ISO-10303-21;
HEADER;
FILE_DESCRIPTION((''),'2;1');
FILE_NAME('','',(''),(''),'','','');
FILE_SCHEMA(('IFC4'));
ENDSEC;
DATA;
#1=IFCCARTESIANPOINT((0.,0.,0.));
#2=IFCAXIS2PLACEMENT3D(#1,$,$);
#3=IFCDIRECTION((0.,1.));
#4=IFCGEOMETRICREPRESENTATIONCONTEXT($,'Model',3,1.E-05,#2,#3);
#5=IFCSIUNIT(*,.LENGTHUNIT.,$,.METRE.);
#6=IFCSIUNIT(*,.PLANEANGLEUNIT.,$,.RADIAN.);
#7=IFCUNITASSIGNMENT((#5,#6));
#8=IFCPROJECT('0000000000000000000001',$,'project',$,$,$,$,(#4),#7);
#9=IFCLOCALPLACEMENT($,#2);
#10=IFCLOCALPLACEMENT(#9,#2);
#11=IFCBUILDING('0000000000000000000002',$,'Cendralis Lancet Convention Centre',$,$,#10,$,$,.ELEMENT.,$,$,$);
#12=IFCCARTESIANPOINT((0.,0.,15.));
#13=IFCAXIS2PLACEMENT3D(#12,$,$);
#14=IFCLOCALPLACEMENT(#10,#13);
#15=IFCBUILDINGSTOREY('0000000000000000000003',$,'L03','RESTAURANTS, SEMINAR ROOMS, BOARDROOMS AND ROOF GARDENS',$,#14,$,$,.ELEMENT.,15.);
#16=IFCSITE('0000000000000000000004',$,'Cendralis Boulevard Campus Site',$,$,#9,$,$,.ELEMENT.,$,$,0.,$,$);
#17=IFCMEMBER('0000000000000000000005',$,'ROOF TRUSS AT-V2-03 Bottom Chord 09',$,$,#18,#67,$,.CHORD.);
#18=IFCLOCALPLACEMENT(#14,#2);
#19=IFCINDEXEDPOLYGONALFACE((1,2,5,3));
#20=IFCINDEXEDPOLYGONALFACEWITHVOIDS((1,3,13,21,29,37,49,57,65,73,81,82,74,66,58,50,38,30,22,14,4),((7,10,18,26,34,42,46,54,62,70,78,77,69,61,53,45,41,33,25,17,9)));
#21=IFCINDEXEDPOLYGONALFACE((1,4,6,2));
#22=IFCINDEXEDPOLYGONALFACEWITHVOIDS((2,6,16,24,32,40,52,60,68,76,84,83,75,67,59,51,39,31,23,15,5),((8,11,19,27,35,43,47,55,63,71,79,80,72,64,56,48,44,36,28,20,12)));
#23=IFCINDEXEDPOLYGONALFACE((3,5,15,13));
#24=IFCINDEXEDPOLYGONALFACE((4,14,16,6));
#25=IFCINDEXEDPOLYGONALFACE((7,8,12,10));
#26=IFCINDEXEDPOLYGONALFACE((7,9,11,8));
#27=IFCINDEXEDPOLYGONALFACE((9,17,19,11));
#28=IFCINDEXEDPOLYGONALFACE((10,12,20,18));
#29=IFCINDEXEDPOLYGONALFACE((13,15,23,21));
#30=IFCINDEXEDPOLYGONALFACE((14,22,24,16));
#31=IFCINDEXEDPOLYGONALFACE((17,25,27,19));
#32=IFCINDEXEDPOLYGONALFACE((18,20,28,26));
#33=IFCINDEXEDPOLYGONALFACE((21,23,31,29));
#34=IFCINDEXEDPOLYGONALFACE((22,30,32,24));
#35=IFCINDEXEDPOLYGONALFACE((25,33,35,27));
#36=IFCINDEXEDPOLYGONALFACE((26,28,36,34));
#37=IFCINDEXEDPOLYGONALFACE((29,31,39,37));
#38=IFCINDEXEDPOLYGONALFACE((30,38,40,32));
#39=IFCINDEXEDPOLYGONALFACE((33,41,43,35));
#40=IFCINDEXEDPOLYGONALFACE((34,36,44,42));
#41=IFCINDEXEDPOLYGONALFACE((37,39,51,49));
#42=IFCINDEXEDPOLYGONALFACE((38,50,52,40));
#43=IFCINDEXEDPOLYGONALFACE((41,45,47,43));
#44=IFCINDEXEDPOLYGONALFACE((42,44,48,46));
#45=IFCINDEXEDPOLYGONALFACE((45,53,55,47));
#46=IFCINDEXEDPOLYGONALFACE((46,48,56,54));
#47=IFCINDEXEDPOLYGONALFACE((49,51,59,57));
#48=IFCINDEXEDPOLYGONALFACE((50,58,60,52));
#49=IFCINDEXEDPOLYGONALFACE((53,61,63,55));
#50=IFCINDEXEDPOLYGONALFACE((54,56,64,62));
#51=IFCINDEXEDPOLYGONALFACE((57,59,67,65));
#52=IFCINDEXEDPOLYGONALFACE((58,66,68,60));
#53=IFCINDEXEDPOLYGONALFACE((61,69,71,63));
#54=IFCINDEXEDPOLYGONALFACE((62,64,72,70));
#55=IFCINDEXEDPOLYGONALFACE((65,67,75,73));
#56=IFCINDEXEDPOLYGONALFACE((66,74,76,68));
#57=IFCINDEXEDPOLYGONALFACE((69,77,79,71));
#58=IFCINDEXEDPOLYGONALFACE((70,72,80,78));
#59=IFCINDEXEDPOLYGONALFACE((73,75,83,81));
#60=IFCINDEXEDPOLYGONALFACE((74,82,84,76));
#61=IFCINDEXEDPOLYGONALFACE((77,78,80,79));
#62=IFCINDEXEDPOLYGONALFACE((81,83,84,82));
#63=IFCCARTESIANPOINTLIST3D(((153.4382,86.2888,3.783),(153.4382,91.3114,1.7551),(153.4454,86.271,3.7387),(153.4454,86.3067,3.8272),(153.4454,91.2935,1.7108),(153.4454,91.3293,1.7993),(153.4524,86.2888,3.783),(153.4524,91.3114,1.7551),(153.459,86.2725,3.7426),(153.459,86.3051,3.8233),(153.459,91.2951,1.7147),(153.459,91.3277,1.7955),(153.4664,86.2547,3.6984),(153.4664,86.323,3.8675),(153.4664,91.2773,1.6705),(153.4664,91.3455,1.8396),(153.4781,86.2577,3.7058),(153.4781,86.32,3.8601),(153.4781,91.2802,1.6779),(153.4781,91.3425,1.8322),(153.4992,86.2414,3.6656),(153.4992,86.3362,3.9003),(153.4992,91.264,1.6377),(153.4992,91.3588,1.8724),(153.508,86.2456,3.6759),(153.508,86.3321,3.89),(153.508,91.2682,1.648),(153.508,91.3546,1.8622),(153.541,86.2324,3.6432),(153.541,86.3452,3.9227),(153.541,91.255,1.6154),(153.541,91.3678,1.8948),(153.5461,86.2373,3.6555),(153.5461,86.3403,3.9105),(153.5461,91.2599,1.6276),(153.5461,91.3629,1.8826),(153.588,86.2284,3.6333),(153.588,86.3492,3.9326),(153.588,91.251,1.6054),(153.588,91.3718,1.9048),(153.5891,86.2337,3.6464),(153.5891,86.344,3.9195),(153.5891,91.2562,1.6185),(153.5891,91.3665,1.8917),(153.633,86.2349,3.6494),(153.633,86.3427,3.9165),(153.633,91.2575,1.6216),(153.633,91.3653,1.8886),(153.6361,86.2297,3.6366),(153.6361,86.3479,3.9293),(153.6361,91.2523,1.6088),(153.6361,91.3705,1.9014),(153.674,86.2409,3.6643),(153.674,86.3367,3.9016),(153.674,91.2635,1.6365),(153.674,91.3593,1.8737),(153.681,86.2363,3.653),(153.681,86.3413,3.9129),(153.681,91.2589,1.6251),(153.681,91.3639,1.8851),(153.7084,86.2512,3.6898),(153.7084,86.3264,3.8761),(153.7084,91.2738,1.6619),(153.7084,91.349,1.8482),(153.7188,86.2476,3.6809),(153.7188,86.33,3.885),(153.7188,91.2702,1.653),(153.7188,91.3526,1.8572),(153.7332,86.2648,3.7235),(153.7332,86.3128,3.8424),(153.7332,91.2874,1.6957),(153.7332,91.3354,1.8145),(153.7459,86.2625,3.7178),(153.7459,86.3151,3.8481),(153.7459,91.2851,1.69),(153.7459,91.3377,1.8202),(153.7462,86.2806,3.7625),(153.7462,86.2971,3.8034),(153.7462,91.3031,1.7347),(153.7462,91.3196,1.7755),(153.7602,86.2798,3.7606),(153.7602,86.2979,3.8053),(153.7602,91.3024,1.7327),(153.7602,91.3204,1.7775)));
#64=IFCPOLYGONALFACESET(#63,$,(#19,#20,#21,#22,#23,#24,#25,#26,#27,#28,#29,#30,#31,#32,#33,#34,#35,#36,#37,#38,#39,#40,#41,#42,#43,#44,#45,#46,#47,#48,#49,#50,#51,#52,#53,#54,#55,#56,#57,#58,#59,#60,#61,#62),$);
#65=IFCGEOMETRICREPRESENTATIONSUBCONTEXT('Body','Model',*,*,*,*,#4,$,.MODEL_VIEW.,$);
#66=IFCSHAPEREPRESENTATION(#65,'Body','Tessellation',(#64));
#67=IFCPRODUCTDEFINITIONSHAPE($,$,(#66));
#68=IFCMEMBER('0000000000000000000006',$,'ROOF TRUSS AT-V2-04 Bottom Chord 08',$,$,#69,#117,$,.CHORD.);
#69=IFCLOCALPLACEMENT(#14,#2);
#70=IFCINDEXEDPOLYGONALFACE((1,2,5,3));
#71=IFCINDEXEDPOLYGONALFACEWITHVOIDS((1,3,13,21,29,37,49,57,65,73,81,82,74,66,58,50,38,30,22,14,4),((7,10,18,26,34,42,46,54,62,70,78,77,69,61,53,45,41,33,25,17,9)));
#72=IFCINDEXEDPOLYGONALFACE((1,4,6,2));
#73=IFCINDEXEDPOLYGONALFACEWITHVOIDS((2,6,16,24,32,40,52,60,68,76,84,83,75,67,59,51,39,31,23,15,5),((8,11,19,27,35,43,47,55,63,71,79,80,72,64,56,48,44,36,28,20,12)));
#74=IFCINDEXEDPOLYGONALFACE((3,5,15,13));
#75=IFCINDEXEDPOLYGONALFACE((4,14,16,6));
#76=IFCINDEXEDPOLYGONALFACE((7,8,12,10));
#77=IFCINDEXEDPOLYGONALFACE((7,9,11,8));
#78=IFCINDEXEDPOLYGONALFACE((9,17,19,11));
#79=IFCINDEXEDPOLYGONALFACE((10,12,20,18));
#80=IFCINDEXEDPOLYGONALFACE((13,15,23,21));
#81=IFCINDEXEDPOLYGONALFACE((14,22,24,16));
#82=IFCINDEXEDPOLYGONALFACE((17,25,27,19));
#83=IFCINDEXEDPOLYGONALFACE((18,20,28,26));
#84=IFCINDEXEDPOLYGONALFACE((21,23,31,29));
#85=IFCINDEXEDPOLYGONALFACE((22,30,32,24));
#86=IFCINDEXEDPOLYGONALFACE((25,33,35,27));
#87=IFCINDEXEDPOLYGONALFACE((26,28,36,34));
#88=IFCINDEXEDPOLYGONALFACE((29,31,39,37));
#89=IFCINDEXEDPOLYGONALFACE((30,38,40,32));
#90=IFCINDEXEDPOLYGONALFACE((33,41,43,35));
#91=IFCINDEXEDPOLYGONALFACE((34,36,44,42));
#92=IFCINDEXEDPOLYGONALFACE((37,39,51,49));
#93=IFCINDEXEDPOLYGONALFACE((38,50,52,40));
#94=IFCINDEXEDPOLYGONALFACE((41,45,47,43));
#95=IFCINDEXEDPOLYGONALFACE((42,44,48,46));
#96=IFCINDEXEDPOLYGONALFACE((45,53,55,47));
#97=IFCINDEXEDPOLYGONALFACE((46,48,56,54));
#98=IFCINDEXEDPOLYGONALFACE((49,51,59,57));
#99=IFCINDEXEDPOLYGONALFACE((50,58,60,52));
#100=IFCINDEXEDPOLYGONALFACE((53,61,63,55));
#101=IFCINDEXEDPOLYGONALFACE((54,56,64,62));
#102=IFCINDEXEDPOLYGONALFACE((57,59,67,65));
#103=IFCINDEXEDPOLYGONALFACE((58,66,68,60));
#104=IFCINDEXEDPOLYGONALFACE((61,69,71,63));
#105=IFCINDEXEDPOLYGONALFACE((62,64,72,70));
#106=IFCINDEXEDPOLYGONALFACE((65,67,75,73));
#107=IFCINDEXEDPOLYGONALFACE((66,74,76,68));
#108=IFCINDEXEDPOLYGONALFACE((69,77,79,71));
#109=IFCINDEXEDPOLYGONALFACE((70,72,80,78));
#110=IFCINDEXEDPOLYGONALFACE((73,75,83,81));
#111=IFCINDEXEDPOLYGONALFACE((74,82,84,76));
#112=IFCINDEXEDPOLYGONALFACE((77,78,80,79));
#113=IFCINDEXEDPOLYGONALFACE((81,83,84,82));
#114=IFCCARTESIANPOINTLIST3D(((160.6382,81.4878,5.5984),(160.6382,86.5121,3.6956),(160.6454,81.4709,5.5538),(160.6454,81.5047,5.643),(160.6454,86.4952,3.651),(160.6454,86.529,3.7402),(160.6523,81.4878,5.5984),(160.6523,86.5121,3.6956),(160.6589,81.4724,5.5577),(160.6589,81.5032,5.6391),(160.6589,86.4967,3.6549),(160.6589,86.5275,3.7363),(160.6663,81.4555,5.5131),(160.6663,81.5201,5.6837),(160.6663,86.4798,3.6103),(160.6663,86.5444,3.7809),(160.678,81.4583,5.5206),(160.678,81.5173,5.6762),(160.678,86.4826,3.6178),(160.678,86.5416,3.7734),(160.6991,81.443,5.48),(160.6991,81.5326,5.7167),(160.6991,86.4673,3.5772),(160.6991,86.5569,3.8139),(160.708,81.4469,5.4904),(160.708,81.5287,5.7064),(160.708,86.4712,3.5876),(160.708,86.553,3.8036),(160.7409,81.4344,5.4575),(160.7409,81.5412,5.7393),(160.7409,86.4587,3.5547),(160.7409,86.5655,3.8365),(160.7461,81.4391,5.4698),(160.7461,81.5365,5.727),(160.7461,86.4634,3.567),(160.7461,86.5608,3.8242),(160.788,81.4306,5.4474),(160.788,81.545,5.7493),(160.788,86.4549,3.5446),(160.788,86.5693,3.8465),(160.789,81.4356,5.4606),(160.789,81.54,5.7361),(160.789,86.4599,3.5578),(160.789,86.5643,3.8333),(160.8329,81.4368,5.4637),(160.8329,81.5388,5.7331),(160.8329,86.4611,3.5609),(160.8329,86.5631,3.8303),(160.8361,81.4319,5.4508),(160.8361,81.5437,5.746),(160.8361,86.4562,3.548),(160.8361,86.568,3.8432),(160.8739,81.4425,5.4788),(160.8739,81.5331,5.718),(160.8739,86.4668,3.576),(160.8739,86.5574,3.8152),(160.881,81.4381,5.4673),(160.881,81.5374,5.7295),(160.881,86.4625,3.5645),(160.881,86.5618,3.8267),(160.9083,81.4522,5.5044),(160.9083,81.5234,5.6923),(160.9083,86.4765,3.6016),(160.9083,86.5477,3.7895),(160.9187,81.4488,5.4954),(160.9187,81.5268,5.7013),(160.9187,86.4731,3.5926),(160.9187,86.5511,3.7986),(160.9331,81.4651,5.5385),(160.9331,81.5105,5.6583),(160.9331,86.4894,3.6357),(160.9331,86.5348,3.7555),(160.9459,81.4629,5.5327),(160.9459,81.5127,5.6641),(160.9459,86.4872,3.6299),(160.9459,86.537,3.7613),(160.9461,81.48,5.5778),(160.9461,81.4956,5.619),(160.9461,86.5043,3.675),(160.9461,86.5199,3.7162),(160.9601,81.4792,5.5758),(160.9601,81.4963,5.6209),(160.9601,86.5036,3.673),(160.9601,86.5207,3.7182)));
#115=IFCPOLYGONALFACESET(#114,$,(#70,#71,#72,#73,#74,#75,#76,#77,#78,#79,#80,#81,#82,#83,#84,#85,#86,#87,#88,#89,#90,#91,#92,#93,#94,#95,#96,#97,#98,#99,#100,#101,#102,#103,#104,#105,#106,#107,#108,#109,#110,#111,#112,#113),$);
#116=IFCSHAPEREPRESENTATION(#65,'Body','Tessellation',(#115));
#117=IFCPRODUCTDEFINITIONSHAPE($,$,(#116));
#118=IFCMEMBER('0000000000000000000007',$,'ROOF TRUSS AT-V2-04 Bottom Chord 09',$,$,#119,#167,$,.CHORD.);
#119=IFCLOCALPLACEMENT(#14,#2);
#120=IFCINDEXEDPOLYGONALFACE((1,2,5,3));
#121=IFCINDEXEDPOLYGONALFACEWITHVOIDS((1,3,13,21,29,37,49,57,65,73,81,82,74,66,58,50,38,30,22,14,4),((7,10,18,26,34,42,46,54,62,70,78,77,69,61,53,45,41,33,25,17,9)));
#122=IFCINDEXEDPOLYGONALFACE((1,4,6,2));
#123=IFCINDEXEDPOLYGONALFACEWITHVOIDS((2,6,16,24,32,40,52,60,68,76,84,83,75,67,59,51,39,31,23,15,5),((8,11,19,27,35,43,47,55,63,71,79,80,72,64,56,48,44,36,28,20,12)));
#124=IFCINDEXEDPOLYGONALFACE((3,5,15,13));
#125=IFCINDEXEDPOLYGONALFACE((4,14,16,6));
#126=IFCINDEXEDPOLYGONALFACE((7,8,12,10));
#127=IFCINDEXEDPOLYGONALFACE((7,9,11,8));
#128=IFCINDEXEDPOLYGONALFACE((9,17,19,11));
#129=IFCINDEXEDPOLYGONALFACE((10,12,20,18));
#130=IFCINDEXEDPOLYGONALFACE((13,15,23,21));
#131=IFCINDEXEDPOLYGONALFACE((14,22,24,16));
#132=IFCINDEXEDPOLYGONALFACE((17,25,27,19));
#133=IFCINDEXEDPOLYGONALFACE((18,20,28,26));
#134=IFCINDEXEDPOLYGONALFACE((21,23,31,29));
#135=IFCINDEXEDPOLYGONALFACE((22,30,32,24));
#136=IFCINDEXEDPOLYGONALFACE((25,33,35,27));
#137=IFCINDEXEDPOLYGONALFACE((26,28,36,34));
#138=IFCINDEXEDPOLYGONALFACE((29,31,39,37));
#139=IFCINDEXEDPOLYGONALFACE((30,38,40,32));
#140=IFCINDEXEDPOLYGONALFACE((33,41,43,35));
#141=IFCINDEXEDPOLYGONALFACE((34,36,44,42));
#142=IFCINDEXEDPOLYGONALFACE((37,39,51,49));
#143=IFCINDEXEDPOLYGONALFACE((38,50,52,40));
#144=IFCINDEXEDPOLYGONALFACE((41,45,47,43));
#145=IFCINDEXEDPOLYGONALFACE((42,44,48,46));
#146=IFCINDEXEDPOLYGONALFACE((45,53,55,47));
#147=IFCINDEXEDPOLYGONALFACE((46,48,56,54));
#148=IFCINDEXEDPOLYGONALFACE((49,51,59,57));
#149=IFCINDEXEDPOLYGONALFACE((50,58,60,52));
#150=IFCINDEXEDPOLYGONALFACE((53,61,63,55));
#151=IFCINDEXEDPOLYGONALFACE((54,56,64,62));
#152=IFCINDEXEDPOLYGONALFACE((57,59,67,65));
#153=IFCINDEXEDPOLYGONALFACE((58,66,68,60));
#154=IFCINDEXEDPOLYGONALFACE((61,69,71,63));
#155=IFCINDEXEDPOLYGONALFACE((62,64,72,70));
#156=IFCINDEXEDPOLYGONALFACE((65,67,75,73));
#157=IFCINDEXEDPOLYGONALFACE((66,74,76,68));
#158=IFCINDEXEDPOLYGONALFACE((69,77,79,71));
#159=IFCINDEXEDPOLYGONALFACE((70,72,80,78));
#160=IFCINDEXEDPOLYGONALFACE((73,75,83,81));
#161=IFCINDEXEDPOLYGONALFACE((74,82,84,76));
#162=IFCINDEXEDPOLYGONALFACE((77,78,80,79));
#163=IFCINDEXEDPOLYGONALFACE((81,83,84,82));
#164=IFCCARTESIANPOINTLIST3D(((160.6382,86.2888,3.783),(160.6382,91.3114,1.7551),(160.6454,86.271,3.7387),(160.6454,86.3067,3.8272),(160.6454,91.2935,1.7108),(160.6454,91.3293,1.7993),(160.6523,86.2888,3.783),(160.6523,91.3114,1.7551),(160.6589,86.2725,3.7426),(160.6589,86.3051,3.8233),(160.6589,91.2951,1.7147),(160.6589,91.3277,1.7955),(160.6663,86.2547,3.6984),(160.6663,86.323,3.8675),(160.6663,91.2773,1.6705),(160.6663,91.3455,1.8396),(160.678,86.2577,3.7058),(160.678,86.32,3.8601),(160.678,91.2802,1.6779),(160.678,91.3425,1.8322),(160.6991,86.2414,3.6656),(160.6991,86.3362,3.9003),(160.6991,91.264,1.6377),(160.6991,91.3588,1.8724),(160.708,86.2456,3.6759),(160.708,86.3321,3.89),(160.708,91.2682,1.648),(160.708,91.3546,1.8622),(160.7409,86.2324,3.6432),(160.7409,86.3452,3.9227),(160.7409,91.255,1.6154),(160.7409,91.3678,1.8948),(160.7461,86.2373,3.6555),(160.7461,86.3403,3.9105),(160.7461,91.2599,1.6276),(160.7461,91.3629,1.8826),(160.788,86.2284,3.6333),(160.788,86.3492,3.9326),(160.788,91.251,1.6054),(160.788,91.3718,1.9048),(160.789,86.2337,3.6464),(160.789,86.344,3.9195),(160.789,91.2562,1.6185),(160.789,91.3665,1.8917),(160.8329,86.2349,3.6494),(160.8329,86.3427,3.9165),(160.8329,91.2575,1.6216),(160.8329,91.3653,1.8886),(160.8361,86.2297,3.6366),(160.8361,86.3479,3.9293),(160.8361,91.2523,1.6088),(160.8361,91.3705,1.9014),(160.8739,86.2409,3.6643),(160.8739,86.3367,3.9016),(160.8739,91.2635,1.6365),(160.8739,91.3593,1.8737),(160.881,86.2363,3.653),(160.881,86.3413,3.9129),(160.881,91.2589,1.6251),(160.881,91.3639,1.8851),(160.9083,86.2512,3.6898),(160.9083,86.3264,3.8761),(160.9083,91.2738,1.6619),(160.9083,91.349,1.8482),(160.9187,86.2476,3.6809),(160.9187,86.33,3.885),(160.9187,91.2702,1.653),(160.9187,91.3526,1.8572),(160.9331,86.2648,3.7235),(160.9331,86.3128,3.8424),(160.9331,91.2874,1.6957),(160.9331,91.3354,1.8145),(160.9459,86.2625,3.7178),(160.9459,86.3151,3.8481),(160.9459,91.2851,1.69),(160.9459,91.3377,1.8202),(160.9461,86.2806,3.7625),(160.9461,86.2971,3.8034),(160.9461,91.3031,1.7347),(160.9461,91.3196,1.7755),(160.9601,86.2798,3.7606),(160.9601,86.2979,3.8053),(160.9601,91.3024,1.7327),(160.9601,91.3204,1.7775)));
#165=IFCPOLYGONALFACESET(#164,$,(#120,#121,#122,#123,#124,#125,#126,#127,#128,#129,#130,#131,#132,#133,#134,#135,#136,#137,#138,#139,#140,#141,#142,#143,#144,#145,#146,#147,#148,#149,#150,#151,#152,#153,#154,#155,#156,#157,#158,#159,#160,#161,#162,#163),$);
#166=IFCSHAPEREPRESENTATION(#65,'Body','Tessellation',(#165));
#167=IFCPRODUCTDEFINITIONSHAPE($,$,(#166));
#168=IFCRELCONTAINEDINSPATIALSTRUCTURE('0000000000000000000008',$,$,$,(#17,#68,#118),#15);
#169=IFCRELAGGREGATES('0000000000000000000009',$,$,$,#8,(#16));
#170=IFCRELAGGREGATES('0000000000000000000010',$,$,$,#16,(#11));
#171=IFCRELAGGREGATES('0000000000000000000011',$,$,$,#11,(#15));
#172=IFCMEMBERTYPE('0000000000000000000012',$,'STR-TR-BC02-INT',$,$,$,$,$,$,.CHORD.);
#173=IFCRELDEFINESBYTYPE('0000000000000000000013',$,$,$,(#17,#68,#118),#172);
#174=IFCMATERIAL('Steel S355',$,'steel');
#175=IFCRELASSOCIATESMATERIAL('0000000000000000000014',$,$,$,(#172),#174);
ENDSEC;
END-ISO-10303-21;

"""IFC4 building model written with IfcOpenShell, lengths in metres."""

from ifc_helpers import new_model, si_unit, direction, frame, origin, origin_2d, place, context, subcontext, project, spatial, hollow_circle, extrude, material, material_profile, profile_set, type_object, element, save


model = new_model("IFC4")

# Units and contexts
model_context = context("Model", 3, precision=1e-05, world=origin(), true_north=direction((0.0, 1.0)))
body_context = subcontext(model_context, "Body", "Model", "MODEL_VIEW")
ifc_project = project(units=[si_unit("LENGTHUNIT", "METRE"), si_unit("PLANEANGLEUNIT", "RADIAN")], contexts=[model_context])

# Site, building, storey
site_placement = place(None, origin())
site = spatial("IfcSite", under=ifc_project, at=site_placement, Name="Cendralis Boulevard Campus Site", CompositionType="ELEMENT", RefElevation=0.0)
building_placement = place(site_placement, origin())
building = spatial("IfcBuilding", under=site, at=building_placement, Name="Cendralis Lancet Convention Centre", CompositionType="ELEMENT")
storey_placement = place(building_placement, frame((0.0, 0.0, 15.0)))
storey = spatial("IfcBuildingStorey", under=building, at=storey_placement, Name="L03", Description="RESTAURANTS, SEMINAR ROOMS, BOARDROOMS AND ROOF GARDENS", CompositionType="ELEMENT", Elevation=15.0)

# Shared definitions
ifc_material_1 = material(Name="Steel S355", Category="steel")

# Members
ifc_material_profile_1 = material_profile(ifc_material_1, hollow_circle(Radius=0.1619, WallThickness=0.0142, at=origin_2d()), Name="CHS 323.9x14.2")
ifc_profile_set_1 = profile_set([ifc_material_profile_1], Name="Steel S355")
member_type_1 = type_object("IfcMemberType", Name="STR-TR-BC02-INT", PredefinedType="CHORD", material=ifc_profile_set_1)
member_1_placement = place(storey_placement, frame((153.6001, 86.2888, 3.783), z_axis=(0.0, 0.927272, -0.374389), x_axis=(-1.0, 0.0, 0.0)))
element("IfcMember", 1, at=member_1_placement, inside=storey, type_object=member_type_1, Name="ROOF TRUSS AT-V2-03 Bottom Chord 09", PredefinedType="CHORD", context=body_context, shape_type="SweptSolid", body=[
    extrude(hollow_circle(Radius=0.1619, WallThickness=0.0142, at=origin_2d()), origin(), (0.0, 0.0, 1.0), 5.4165),
])
member_2_placement = place(storey_placement, frame((160.8, 81.4878, 5.5984), z_axis=(0.0, 0.935181, -0.354169), x_axis=(-1.0, 0.0, 0.0)))
element("IfcMember", 2, at=member_2_placement, inside=storey, type_object=member_type_1, Name="ROOF TRUSS AT-V2-04 Bottom Chord 08", PredefinedType="CHORD", context=body_context, shape_type="SweptSolid", body=[
    extrude(hollow_circle(Radius=0.1619, WallThickness=0.0142, at=origin_2d()), origin(), (0.0, 0.0, 1.0), 5.3726),
])
member_3_placement = place(storey_placement, frame((160.8, 86.2888, 3.783), z_axis=(0.0, 0.927272, -0.374389), x_axis=(-1.0, 0.0, 0.0)))
element("IfcMember", 3, at=member_3_placement, inside=storey, type_object=member_type_1, Name="ROOF TRUSS AT-V2-04 Bottom Chord 09", PredefinedType="CHORD", context=body_context, shape_type="SweptSolid", body=[
    extrude(hollow_circle(Radius=0.1619, WallThickness=0.0142, at=origin_2d()), origin(), (0.0, 0.0, 1.0), 5.4165),
])

save(model, "model.ifc")
